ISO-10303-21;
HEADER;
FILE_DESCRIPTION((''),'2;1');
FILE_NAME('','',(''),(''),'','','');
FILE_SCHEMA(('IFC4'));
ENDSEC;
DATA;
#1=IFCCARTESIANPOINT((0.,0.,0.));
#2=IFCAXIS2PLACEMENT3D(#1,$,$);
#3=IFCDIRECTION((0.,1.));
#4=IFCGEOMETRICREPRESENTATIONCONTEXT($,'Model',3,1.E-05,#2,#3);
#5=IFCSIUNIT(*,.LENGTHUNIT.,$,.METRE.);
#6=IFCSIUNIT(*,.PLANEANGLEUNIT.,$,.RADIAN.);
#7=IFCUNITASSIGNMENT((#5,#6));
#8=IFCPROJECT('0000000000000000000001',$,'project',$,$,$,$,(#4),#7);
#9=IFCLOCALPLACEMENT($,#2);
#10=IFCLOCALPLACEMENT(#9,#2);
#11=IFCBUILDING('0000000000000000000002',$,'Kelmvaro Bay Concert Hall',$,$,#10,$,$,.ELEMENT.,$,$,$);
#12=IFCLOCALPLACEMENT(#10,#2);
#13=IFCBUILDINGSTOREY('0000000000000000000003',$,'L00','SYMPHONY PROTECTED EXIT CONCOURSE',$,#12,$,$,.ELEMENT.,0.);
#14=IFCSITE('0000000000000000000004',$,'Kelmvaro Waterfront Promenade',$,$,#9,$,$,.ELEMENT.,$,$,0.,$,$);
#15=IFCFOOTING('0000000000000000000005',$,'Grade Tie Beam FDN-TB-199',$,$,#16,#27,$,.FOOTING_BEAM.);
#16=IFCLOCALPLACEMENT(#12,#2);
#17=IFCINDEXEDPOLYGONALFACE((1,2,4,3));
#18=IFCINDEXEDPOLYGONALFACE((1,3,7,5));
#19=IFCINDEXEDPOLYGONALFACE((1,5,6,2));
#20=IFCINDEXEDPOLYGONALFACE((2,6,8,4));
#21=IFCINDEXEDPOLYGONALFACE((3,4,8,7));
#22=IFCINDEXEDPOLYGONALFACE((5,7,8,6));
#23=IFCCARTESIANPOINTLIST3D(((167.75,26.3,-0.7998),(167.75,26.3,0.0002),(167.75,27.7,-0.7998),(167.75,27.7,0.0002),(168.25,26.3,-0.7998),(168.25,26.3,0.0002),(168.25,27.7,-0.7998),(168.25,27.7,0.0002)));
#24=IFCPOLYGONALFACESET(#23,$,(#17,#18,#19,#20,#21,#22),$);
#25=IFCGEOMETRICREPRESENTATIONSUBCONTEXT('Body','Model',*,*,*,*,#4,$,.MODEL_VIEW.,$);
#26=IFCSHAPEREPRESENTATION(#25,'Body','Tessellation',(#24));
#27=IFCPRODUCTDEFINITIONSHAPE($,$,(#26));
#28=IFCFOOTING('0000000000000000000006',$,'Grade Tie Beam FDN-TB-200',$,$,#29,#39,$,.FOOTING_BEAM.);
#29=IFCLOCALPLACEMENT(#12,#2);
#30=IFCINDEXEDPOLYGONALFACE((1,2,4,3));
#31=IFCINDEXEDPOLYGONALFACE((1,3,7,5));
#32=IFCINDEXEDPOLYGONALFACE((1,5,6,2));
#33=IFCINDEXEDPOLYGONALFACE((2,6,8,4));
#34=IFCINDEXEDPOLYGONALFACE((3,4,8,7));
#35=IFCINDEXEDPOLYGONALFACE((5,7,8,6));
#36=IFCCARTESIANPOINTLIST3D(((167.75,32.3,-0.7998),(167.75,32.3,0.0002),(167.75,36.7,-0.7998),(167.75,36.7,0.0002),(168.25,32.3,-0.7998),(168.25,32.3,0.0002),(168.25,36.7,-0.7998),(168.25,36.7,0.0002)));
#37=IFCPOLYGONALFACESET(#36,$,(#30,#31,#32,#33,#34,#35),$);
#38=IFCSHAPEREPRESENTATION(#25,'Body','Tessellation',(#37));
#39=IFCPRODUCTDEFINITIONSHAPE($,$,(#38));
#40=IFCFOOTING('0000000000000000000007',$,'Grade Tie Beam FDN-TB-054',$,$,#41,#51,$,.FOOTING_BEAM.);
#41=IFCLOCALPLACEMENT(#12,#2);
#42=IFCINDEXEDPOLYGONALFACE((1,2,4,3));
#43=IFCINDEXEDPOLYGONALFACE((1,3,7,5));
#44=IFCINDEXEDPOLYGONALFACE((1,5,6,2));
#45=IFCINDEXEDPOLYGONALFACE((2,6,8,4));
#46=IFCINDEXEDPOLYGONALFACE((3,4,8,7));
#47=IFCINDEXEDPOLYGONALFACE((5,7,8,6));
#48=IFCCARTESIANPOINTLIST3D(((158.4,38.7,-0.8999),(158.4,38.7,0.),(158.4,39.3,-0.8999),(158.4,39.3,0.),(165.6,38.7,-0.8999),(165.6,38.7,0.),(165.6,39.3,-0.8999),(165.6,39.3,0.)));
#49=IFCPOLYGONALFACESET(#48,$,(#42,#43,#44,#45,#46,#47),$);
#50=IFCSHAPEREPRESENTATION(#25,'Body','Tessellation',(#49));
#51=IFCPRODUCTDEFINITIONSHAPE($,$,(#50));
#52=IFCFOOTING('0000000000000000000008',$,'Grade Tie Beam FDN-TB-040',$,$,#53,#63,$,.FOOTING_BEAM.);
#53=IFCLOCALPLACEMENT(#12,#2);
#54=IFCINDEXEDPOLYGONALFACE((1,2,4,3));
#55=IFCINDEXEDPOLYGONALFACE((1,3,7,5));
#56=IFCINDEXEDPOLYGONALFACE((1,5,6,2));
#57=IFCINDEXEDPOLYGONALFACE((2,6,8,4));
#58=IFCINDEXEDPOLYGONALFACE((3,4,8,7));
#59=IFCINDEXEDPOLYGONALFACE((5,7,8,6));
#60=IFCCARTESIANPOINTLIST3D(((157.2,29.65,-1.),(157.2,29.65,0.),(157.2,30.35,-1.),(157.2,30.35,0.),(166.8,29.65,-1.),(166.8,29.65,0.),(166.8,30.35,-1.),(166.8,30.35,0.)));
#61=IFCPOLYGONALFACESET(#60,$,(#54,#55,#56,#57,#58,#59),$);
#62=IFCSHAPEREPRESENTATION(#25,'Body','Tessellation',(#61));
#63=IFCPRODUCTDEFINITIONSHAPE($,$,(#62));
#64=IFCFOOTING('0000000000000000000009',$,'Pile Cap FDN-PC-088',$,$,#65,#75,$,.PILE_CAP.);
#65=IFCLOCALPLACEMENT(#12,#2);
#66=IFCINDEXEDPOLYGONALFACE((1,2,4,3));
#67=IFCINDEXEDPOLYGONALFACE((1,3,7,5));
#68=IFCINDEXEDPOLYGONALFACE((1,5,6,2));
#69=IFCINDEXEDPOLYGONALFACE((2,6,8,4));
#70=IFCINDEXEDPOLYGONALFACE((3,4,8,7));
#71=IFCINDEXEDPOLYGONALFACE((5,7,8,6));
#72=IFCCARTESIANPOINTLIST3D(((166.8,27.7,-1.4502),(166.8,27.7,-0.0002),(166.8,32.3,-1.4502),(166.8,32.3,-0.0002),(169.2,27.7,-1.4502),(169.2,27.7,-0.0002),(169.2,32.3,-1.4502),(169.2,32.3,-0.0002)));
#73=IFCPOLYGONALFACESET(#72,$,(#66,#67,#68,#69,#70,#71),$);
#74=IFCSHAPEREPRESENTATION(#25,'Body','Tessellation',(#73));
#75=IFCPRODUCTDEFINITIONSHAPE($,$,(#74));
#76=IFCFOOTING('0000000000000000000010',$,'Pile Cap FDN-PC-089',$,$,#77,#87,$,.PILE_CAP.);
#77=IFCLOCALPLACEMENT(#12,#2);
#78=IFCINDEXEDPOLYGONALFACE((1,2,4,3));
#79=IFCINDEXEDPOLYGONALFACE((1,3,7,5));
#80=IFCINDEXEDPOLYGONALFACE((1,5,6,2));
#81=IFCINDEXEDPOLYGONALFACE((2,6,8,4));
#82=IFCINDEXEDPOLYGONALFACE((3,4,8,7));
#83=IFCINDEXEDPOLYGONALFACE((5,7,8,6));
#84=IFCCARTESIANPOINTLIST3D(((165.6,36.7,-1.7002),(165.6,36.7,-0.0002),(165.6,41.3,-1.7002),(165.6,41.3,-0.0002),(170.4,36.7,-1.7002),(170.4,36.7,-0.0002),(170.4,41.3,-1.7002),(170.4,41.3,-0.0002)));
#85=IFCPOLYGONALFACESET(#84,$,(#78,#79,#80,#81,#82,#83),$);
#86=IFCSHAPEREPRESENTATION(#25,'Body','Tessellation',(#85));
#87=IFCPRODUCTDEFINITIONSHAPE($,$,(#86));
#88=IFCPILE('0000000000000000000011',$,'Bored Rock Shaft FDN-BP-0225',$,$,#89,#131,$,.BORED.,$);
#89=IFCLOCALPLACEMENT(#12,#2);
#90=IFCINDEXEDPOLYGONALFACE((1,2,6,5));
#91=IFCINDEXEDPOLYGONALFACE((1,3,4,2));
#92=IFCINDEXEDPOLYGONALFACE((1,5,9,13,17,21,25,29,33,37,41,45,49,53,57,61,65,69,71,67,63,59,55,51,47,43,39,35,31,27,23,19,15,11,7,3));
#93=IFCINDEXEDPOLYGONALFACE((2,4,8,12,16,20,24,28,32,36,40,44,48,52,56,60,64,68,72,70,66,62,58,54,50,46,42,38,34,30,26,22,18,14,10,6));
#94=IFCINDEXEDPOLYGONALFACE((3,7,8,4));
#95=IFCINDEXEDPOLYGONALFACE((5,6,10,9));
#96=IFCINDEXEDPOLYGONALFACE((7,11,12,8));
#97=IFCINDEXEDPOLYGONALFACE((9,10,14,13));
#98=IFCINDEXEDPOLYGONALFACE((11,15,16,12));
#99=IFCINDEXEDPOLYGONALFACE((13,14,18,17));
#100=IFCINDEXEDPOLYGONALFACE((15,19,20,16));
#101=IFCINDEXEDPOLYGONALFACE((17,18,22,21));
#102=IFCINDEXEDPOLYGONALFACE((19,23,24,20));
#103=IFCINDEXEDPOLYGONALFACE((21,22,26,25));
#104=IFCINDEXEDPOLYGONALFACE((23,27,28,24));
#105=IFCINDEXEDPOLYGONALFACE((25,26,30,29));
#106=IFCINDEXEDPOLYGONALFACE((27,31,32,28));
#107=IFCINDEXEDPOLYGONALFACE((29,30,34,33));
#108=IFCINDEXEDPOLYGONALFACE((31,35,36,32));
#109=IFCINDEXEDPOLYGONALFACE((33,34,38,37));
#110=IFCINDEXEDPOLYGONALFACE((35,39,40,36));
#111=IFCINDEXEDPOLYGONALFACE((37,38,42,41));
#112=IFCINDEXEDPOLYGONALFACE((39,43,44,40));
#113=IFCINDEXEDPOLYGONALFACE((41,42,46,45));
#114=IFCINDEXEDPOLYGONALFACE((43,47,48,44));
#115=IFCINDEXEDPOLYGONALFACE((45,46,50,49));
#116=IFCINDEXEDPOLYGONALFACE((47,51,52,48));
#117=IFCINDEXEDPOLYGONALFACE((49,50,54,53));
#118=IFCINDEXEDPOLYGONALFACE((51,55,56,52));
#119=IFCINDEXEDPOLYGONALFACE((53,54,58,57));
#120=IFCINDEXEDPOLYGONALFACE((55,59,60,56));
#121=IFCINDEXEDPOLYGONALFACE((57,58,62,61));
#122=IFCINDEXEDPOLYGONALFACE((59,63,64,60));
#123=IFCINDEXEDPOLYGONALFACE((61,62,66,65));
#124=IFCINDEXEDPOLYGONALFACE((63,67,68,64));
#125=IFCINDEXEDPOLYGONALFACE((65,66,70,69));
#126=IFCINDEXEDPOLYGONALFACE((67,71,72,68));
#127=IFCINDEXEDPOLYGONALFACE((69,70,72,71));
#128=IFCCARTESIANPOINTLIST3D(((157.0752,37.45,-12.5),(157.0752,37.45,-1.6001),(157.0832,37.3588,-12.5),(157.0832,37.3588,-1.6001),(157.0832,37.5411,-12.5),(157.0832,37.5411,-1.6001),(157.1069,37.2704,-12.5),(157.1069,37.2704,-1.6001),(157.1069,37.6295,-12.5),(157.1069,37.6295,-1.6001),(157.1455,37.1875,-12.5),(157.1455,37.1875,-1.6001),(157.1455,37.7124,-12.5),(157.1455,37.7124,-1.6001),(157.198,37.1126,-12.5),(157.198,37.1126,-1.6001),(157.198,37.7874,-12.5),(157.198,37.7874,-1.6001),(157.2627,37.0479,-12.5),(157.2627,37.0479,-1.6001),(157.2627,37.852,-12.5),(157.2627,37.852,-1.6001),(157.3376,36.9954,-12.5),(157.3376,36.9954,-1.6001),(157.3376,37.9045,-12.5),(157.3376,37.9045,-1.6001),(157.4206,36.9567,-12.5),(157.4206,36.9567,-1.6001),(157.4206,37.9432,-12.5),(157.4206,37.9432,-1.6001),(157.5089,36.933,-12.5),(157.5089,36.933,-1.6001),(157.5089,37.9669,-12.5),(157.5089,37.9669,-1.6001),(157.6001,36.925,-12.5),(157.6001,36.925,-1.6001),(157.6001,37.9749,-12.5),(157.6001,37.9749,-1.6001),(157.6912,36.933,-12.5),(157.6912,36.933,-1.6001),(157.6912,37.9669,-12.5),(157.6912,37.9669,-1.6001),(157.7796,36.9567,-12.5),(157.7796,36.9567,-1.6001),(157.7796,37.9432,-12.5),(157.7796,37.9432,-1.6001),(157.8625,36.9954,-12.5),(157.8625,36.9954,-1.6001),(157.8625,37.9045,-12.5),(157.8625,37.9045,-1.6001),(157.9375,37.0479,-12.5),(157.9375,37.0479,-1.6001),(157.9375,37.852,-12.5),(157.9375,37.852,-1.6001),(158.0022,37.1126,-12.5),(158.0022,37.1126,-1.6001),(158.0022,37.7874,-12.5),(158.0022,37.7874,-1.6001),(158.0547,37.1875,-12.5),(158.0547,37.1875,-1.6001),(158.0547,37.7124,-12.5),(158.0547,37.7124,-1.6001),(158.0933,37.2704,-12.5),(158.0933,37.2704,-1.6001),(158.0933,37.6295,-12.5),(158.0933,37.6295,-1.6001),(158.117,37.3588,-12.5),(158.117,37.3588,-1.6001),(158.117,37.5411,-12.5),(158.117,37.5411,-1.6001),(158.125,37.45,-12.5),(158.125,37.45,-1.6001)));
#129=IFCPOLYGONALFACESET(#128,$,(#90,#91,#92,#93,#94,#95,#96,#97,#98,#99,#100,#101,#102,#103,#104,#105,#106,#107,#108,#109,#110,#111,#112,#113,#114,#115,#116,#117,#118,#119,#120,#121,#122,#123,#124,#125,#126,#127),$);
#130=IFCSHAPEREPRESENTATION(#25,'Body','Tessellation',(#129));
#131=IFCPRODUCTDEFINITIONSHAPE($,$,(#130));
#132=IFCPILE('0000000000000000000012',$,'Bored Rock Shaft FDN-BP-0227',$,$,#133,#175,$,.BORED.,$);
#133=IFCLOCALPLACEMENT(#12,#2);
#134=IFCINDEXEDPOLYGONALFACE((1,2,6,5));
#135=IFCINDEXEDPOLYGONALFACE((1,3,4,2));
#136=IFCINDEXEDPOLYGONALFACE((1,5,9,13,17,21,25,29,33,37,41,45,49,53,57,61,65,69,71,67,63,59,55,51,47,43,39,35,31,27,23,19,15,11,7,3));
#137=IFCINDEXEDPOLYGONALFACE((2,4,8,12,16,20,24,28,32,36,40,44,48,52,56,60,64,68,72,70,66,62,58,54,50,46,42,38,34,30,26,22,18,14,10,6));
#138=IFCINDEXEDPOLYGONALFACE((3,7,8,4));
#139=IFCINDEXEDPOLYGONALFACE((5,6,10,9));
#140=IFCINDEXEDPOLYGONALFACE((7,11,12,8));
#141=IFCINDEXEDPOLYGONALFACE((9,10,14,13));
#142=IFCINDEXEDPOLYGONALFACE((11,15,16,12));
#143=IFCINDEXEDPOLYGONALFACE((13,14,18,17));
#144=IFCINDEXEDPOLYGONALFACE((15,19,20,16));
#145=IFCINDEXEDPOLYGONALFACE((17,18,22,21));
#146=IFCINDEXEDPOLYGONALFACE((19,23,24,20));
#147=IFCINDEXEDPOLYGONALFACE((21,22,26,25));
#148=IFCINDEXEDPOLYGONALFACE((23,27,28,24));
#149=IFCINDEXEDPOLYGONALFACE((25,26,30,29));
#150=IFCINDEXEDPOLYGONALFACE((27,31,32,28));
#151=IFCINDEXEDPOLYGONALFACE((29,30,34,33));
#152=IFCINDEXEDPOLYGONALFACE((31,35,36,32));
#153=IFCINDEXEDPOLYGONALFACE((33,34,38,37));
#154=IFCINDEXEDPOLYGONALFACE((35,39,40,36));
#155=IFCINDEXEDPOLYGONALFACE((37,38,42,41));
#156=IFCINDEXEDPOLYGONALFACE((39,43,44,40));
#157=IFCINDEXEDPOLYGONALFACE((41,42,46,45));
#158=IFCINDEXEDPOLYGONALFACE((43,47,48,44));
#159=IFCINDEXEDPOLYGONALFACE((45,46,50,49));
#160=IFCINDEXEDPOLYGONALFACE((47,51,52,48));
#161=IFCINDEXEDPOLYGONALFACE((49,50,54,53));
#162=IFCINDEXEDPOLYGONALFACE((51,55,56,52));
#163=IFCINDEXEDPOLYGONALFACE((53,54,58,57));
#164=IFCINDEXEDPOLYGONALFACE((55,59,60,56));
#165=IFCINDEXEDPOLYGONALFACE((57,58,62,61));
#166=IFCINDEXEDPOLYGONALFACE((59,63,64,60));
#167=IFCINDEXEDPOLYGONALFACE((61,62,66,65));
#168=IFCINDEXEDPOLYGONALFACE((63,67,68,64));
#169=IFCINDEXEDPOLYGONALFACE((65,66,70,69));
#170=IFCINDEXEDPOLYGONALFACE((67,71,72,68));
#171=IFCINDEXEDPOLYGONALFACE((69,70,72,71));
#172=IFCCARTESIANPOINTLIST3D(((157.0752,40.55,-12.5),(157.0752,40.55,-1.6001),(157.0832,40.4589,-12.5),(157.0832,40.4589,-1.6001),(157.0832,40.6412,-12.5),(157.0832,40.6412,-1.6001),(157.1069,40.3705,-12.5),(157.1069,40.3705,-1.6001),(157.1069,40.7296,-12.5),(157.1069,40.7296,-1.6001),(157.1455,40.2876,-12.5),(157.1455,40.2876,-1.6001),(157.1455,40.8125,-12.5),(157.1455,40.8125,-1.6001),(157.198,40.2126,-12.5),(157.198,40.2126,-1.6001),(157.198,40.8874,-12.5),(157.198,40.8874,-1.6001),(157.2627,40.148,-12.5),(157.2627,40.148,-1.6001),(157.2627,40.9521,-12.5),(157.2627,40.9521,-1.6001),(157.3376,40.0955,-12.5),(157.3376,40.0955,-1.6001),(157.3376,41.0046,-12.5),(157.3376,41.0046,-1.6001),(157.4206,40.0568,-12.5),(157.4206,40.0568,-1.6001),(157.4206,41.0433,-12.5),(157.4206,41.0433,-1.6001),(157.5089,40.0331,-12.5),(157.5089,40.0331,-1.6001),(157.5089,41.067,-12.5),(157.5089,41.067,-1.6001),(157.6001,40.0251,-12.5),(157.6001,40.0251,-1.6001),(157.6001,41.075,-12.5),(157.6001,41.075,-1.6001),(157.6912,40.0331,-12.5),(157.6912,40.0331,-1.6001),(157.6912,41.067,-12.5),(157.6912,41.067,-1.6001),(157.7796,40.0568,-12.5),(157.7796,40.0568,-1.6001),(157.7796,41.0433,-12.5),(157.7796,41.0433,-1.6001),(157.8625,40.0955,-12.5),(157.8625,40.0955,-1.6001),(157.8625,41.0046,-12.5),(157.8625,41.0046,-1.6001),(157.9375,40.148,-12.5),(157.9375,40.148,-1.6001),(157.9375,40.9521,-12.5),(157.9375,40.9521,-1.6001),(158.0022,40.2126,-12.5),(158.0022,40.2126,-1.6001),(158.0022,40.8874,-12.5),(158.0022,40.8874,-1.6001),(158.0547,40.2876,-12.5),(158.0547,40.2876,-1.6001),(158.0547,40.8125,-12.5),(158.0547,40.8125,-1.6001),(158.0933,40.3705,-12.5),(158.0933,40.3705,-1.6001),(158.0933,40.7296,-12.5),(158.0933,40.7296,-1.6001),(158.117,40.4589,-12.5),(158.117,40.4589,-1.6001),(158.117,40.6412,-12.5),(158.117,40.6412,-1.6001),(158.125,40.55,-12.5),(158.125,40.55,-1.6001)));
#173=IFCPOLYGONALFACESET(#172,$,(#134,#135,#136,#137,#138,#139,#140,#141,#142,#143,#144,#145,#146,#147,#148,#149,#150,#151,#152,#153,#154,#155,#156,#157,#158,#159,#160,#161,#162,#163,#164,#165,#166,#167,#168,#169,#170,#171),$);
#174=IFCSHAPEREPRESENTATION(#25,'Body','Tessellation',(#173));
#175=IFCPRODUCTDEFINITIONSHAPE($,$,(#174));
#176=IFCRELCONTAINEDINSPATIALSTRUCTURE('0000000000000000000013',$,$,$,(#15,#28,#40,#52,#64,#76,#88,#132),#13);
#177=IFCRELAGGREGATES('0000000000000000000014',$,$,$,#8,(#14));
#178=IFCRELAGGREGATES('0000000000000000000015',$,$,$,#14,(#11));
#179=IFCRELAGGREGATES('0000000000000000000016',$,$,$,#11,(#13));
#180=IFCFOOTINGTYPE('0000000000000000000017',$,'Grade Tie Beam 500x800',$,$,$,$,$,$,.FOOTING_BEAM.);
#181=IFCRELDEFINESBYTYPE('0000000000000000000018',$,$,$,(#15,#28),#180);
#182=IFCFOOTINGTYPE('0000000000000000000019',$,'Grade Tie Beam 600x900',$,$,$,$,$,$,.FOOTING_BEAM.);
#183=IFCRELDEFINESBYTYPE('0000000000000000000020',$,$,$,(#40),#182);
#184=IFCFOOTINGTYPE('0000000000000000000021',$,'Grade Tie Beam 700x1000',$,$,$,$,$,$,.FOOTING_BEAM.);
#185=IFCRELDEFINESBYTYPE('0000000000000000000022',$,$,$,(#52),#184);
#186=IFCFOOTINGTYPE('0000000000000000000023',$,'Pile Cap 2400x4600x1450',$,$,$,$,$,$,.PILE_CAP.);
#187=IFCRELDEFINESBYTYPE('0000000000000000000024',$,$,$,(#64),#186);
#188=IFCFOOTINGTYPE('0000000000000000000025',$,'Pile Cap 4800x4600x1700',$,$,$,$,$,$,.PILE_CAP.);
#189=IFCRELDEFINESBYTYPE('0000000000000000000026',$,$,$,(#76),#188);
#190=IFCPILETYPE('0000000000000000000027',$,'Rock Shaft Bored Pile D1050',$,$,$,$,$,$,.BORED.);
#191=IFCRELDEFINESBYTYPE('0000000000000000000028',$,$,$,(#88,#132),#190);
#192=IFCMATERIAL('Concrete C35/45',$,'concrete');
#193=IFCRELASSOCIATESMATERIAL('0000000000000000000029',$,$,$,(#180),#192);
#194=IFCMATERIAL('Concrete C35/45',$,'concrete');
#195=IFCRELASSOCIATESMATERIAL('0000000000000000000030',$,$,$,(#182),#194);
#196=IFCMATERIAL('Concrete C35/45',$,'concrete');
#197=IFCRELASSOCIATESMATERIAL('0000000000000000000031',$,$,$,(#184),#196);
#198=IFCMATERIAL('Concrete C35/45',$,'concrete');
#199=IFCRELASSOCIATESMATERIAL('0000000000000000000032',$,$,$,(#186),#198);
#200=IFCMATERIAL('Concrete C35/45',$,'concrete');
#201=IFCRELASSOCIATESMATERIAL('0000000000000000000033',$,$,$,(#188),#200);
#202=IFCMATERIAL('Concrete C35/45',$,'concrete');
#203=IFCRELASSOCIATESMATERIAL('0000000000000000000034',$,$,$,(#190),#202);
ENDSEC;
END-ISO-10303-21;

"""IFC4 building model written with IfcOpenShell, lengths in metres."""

from ifc_helpers import new_model, si_unit, direction, frame, origin, origin_2d, place, context, subcontext, project, spatial, rectangle, circle, extrude, material, material_profile, profile_set, type_object, element, save


model = new_model("IFC4")

# Units and contexts
model_context = context("Model", 3, precision=1e-05, world=origin(), true_north=direction((0.0, 1.0)))
body_context = subcontext(model_context, "Body", "Model", "MODEL_VIEW")
ifc_project = project(units=[si_unit("LENGTHUNIT", "METRE"), si_unit("PLANEANGLEUNIT", "RADIAN")], contexts=[model_context])

# Site, building, storey
site_placement = place(None, origin())
site = spatial("IfcSite", under=ifc_project, at=site_placement, Name="Kelmvaro Waterfront Promenade", CompositionType="ELEMENT", RefElevation=0.0)
building_placement = place(site_placement, origin())
building = spatial("IfcBuilding", under=site, at=building_placement, Name="Kelmvaro Bay Concert Hall", CompositionType="ELEMENT")
storey_placement = place(building_placement, origin())
storey = spatial("IfcBuildingStorey", under=building, at=storey_placement, Name="L00", Description="SYMPHONY PROTECTED EXIT CONCOURSE", CompositionType="ELEMENT", Elevation=0.0)

# Footings
ifc_material_1 = material(Name="Concrete C35/45", Category="concrete")
footing_type_1 = type_object("IfcFootingType", Name="Grade Tie Beam 500x800", PredefinedType="FOOTING_BEAM", material=ifc_material_1)
footing_1_placement = place(storey_placement, frame((168.0, 27.0, -0.7998), z_axis=(0.0, 0.0, 1.0), x_axis=(0.0, 1.0, 0.0)))
element("IfcFooting", 1, at=footing_1_placement, inside=storey, type_object=footing_type_1, Name="Grade Tie Beam FDN-TB-199", PredefinedType="FOOTING_BEAM", context=body_context, shape_type="SweptSolid", body=[
    extrude(rectangle(XDim=1.3999, YDim=0.5, at=origin_2d()), origin(), (0.0, 0.0, 1.0), 0.8),
])
footing_2_placement = place(storey_placement, frame((168.0, 34.5, -0.7998), z_axis=(0.0, 0.0, 1.0), x_axis=(0.0, 1.0, 0.0)))
element("IfcFooting", 2, at=footing_2_placement, inside=storey, type_object=footing_type_1, Name="Grade Tie Beam FDN-TB-200", PredefinedType="FOOTING_BEAM", context=body_context, shape_type="SweptSolid", body=[
    extrude(rectangle(XDim=4.3999, YDim=0.5, at=origin_2d()), origin(), (0.0, 0.0, 1.0), 0.8),
])
ifc_material_2 = material(Name="Concrete C35/45", Category="concrete")
footing_type_2 = type_object("IfcFootingType", Name="Grade Tie Beam 600x900", PredefinedType="FOOTING_BEAM", material=ifc_material_2)
footing_3_placement = place(storey_placement, frame((162.0, 39.0, -0.8999), z_axis=(0.0, 0.0, 1.0), x_axis=(1.0, 0.0, 0.0)))
element("IfcFooting", 3, at=footing_3_placement, inside=storey, type_object=footing_type_2, Name="Grade Tie Beam FDN-TB-054", PredefinedType="FOOTING_BEAM", context=body_context, shape_type="SweptSolid", body=[
    extrude(rectangle(XDim=7.2, YDim=0.6001, at=origin_2d()), origin(), (0.0, 0.0, 1.0), 0.8999),
])
ifc_material_3 = material(Name="Concrete C35/45", Category="concrete")
footing_type_3 = type_object("IfcFootingType", Name="Grade Tie Beam 700x1000", PredefinedType="FOOTING_BEAM", material=ifc_material_3)
footing_4_placement = place(storey_placement, frame((162.0, 30.0, -1.0), z_axis=(0.0, 0.0, 1.0), x_axis=(1.0, 0.0, 0.0)))
element("IfcFooting", 4, at=footing_4_placement, inside=storey, type_object=footing_type_3, Name="Grade Tie Beam FDN-TB-040", PredefinedType="FOOTING_BEAM", context=body_context, shape_type="SweptSolid", body=[
    extrude(rectangle(XDim=9.6001, YDim=0.7, at=origin_2d()), origin(), (0.0, 0.0, 1.0), 1.0),
])
ifc_material_4 = material(Name="Concrete C35/45", Category="concrete")
footing_type_4 = type_object("IfcFootingType", Name="Pile Cap 2400x4600x1450", PredefinedType="PILE_CAP", material=ifc_material_4)
footing_5_placement = place(storey_placement, frame((168.0, 30.0, -1.4502), z_axis=(0.0, 0.0, 1.0), x_axis=(1.0, 0.0, 0.0)))
element("IfcFooting", 5, at=footing_5_placement, inside=storey, type_object=footing_type_4, Name="Pile Cap FDN-PC-088", PredefinedType="PILE_CAP", context=body_context, shape_type="SweptSolid", body=[
    extrude(rectangle(XDim=2.3999, YDim=4.6001, at=origin_2d()), origin(), (0.0, 0.0, 1.0), 1.45),
])
ifc_material_5 = material(Name="Concrete C35/45", Category="concrete")
footing_type_5 = type_object("IfcFootingType", Name="Pile Cap 4800x4600x1700", PredefinedType="PILE_CAP", material=ifc_material_5)
footing_6_placement = place(storey_placement, frame((168.0, 39.0, -1.7002), z_axis=(0.0, 0.0, 1.0), x_axis=(1.0, 0.0, 0.0)))
element("IfcFooting", 6, at=footing_6_placement, inside=storey, type_object=footing_type_5, Name="Pile Cap FDN-PC-089", PredefinedType="PILE_CAP", context=body_context, shape_type="SweptSolid", body=[
    extrude(rectangle(XDim=4.8, YDim=4.6001, at=origin_2d()), origin(), (0.0, 0.0, 1.0), 1.7),
])

# Piles
ifc_material_6 = material(Name="Concrete C35/45", Category="concrete")
ifc_material_profile_1 = material_profile(ifc_material_6, circle(Radius=0.5249, at=origin_2d()), Name="PILE-BORED-1050")
ifc_profile_set_1 = profile_set([ifc_material_profile_1], Name="Concrete C35/45")
pile_type = type_object("IfcPileType", Name="Rock Shaft Bored Pile D1050", PredefinedType="BORED", material=ifc_profile_set_1)
for number, where, z_axis, x_axis, name in (
    (7, (157.6001, 37.45, -1.6001), (0.0, 0.0, -1.0), (1.0, 0.0, 0.0), "Bored Rock Shaft FDN-BP-0225"),
    (8, (157.6001, 40.55, -1.6001), (0.0, 0.0, -1.0), (1.0, 0.0, 0.0), "Bored Rock Shaft FDN-BP-0227"),
):
    element("IfcPile", number, at=place(storey_placement, frame(where, z_axis=z_axis, x_axis=x_axis)), inside=storey, type_object=pile_type, Name=name, PredefinedType="BORED", context=body_context, shape_type="SweptSolid", body=[
        extrude(circle(Radius=0.5249, at=origin_2d()), origin(), (0.0, 0.0, 1.0), 10.8999),
    ])

save(model, "model.ifc")
